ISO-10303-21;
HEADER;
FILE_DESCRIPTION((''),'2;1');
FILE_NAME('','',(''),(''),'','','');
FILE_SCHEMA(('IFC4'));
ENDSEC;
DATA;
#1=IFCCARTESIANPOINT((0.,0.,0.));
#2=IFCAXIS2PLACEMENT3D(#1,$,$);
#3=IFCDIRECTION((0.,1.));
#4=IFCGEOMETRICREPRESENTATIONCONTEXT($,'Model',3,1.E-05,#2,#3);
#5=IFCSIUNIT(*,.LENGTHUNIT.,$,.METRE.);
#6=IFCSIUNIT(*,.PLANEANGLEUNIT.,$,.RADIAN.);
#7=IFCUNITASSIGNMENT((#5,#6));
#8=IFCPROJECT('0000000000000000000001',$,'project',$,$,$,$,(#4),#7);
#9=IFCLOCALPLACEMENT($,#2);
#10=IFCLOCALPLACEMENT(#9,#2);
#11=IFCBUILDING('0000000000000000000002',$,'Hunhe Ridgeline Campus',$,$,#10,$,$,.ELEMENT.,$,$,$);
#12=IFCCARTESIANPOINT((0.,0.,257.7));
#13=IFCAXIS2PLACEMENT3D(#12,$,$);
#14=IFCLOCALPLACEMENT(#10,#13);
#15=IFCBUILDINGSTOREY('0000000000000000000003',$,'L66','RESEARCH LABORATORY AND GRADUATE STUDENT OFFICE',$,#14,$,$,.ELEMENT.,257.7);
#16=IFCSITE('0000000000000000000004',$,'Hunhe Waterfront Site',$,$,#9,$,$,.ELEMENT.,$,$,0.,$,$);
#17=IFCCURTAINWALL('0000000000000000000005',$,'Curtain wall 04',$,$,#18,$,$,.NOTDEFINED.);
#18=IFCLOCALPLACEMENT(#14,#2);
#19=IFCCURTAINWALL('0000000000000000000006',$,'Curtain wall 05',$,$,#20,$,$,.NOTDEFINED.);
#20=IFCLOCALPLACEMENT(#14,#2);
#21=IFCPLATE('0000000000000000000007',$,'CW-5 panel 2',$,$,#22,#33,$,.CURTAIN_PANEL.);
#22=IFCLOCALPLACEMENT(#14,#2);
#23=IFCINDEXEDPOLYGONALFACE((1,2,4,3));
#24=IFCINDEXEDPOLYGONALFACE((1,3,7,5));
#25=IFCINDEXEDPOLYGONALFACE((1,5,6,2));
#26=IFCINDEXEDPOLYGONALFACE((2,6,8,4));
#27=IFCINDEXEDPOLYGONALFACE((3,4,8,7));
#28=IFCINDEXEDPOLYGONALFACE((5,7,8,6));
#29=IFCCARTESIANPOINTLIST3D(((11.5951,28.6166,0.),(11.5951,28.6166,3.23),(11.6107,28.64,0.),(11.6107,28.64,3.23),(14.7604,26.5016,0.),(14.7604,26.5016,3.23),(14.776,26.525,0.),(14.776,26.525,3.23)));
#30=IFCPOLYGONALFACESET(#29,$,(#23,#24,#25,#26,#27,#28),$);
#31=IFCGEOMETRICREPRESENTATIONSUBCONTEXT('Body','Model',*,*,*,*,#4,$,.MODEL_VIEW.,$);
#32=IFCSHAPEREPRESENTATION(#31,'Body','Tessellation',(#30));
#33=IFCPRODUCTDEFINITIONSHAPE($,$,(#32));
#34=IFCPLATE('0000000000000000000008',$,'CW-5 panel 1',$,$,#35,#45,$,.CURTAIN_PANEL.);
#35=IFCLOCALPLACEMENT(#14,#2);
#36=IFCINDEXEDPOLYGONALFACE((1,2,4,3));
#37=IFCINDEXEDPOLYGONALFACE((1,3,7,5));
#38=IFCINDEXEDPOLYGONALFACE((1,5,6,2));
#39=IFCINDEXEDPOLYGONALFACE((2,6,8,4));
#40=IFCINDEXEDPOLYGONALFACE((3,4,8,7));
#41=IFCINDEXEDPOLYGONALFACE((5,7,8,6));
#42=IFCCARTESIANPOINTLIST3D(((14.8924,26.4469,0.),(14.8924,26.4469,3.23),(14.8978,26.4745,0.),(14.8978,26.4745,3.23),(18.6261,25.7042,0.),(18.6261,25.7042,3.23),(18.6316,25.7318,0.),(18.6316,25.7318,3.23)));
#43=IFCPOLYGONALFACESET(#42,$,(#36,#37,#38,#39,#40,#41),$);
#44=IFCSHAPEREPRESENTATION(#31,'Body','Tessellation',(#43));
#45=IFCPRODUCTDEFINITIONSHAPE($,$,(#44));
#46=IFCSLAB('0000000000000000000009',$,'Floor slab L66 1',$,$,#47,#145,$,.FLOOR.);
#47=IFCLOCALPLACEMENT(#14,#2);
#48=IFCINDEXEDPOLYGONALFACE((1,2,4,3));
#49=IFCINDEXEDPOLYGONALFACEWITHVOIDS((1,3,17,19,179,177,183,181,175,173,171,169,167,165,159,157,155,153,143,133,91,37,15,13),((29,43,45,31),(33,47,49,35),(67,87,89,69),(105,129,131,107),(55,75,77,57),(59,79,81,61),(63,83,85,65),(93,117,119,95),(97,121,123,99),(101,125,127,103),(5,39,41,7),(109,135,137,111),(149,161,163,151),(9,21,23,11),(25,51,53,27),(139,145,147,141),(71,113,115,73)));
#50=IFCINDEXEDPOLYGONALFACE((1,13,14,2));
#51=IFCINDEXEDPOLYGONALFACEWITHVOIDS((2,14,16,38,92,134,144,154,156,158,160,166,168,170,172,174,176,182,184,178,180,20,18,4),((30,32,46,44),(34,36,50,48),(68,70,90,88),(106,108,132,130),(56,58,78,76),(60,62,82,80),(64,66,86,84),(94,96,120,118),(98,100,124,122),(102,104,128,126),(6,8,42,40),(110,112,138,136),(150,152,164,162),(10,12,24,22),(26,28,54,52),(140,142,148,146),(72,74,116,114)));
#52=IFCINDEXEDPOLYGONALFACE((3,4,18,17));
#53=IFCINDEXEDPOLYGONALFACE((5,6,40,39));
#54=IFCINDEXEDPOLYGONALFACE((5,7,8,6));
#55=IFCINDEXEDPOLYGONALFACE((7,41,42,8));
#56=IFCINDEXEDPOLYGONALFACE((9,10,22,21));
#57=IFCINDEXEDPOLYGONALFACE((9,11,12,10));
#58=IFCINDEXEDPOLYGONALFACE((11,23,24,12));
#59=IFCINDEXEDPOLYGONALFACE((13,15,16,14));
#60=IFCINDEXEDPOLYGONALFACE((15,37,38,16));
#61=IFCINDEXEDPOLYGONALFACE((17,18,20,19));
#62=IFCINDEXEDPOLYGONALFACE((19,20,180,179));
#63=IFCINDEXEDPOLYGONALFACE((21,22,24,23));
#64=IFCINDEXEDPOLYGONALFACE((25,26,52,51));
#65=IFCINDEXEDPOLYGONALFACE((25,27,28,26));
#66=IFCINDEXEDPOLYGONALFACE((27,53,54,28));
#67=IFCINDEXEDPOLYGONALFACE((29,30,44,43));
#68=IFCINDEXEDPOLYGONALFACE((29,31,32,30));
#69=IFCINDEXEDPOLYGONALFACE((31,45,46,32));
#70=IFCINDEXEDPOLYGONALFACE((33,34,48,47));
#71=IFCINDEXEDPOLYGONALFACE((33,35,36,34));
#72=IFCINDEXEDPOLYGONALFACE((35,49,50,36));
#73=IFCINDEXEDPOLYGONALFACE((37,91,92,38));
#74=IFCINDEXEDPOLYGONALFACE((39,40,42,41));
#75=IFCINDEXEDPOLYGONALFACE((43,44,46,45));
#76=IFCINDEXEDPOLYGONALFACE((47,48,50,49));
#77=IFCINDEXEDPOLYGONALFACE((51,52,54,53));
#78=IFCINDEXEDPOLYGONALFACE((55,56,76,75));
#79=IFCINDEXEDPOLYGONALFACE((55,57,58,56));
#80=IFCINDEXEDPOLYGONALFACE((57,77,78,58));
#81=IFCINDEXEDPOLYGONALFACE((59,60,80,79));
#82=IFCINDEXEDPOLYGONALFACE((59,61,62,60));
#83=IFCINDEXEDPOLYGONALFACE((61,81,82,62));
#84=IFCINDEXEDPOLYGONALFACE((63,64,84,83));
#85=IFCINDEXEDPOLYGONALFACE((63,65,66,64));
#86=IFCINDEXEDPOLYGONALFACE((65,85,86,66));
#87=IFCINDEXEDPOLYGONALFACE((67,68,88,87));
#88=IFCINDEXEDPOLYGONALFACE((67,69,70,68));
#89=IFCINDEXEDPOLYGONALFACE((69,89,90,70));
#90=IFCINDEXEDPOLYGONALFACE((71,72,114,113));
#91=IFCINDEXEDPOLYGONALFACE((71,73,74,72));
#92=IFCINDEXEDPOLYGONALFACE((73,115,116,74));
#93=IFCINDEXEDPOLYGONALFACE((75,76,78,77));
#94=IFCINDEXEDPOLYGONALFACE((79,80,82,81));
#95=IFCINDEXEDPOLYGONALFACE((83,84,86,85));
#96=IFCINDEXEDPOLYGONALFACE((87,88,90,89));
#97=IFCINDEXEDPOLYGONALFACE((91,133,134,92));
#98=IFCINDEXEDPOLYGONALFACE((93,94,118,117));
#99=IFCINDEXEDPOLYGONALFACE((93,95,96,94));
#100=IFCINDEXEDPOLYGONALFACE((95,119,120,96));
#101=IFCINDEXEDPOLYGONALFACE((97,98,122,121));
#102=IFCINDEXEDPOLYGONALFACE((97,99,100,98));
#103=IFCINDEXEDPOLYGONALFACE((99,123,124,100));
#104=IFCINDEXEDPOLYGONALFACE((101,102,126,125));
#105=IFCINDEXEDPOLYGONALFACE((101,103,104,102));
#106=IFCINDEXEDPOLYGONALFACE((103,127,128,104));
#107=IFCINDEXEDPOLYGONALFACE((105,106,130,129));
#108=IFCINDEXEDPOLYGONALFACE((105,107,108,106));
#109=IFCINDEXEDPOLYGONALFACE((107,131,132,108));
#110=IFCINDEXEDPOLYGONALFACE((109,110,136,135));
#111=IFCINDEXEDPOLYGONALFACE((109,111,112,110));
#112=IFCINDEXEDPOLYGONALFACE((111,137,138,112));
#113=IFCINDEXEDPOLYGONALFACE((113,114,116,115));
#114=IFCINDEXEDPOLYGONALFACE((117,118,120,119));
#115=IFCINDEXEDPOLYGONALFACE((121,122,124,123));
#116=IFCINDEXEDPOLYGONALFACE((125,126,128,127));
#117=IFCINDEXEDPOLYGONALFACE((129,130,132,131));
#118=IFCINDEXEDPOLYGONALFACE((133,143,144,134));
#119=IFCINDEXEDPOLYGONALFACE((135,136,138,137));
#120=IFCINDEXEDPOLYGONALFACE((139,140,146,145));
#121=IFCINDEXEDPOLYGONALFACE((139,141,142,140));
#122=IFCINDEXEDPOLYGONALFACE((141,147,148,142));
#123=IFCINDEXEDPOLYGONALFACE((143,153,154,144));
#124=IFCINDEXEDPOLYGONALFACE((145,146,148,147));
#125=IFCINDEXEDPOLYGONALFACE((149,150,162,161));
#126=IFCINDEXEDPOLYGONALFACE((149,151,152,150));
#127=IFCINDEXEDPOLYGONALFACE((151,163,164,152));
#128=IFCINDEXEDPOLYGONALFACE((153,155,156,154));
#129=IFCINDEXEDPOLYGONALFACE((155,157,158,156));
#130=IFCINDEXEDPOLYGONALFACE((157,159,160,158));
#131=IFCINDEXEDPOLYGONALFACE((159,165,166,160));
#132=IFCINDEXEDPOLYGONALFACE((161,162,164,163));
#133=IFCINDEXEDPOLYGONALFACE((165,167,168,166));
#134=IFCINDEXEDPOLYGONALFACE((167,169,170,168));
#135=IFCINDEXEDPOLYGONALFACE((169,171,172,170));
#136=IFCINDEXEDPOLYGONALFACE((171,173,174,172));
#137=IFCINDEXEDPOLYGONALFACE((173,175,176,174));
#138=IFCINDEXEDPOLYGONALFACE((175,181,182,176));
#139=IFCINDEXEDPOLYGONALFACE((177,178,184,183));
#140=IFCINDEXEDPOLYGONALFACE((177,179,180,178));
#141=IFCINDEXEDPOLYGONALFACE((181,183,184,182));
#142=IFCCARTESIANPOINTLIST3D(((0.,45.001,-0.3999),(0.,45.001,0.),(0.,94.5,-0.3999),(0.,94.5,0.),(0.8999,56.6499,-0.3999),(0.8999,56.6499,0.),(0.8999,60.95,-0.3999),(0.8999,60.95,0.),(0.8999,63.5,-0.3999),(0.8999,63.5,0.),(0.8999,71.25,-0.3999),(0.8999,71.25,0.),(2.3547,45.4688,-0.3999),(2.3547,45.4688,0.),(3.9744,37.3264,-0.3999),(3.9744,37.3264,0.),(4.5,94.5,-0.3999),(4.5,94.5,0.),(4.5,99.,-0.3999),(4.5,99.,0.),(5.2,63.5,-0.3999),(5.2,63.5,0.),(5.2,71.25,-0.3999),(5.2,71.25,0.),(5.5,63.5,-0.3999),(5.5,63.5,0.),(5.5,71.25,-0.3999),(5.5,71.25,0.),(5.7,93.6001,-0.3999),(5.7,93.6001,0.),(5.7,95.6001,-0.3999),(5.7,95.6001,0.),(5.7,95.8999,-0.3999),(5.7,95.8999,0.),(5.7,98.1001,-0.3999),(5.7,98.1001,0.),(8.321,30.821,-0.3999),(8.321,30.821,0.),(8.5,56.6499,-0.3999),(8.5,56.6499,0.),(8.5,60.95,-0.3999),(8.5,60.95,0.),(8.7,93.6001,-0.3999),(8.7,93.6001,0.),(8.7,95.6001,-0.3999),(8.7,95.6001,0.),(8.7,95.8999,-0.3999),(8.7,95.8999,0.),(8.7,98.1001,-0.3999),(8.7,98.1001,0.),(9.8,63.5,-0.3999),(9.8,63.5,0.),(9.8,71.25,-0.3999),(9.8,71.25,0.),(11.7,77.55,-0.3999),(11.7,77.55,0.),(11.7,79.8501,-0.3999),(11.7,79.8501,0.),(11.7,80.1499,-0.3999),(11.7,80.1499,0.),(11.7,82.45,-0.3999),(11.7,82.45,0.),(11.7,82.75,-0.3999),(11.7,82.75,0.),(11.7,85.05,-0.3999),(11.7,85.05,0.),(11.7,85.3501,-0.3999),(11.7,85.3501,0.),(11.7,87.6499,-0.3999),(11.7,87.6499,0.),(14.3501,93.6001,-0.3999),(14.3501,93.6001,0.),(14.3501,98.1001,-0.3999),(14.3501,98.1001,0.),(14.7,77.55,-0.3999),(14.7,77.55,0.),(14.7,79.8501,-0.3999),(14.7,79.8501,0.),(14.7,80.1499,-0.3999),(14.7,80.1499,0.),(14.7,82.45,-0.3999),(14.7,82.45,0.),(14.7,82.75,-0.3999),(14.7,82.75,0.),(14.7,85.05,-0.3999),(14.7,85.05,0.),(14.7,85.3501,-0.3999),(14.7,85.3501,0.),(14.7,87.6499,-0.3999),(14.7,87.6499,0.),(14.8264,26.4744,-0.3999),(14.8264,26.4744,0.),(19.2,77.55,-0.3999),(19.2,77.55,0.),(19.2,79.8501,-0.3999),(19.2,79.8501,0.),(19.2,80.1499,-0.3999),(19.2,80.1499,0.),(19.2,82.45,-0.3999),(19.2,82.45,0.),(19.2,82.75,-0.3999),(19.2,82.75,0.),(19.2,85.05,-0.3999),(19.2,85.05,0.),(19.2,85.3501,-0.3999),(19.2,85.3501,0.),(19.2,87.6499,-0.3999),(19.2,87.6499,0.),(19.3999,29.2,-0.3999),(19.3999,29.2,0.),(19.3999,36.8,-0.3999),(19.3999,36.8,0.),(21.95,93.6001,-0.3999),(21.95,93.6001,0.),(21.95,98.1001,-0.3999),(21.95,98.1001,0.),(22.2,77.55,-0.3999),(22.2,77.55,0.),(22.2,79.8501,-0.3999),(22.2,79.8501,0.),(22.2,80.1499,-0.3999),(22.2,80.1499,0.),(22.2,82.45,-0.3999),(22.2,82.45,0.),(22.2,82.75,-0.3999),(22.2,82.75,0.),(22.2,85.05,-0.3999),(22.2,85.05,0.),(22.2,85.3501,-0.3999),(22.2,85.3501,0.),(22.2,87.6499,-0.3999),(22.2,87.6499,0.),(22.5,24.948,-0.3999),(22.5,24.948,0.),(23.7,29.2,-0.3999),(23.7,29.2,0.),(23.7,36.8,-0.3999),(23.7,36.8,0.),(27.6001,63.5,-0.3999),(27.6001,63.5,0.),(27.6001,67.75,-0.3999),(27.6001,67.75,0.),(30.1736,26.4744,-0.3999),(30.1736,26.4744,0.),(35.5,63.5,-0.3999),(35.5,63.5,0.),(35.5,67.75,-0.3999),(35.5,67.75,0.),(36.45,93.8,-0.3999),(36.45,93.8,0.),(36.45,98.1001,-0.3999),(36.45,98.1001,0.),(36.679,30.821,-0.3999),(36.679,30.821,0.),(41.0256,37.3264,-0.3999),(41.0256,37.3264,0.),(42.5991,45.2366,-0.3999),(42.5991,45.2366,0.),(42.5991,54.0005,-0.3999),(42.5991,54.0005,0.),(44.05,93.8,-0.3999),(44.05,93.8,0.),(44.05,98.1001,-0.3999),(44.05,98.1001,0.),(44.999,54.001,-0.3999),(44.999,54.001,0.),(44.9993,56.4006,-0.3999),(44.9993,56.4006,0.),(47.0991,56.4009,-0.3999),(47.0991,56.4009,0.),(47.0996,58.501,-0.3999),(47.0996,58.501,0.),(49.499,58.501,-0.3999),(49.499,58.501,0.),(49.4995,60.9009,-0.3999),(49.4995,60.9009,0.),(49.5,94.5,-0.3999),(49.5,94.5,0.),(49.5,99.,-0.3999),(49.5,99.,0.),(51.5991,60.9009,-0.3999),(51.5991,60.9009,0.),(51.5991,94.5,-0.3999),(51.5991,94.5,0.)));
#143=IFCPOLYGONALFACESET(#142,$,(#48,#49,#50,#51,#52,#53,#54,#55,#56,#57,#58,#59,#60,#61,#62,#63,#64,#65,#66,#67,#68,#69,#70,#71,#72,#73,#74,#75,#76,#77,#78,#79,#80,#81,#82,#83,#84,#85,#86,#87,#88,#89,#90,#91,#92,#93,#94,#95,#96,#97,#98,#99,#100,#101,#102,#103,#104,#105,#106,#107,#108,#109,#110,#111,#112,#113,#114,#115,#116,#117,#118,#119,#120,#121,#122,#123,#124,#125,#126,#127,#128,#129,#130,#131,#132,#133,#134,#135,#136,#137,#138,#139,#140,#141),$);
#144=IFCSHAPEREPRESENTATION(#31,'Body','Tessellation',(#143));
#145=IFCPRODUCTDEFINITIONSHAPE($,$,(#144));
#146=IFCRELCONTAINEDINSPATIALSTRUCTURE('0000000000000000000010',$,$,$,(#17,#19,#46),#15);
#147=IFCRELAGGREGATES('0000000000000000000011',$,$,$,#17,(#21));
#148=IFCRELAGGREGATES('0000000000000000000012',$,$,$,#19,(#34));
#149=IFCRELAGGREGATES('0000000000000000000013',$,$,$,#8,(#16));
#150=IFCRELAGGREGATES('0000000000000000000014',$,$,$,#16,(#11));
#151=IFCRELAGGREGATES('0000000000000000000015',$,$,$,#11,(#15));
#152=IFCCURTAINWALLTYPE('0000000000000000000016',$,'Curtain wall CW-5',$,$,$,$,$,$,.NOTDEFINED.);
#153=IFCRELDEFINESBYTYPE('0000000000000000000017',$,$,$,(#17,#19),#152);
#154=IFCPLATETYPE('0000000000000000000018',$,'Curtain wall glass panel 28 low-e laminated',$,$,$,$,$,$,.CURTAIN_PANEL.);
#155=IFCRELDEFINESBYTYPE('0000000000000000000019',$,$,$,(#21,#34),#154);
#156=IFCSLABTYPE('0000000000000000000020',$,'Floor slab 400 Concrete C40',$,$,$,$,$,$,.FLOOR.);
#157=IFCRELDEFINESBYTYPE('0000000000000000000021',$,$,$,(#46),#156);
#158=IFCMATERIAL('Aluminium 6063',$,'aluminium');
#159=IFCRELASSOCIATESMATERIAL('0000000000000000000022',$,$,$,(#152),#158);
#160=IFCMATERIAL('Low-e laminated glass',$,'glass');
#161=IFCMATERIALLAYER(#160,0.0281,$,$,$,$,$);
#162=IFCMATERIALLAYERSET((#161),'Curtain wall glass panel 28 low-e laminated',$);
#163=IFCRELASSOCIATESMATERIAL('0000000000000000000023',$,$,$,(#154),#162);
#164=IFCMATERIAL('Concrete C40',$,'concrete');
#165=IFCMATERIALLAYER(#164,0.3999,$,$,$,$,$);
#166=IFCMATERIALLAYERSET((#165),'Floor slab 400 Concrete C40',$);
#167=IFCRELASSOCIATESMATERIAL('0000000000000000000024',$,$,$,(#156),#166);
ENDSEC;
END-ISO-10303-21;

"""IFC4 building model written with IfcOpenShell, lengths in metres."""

from ifc_helpers import new_model, si_unit, direction, frame, origin, origin_2d, place, context, subcontext, project, spatial, polyline, rectangle, outline, extrude, material, layer, layer_set, type_object, element, aggregate, save


model = new_model("IFC4")

# Units and contexts
model_context = context("Model", 3, precision=1e-05, world=origin(), true_north=direction((0.0, 1.0)))
body_context = subcontext(model_context, "Body", "Model", "MODEL_VIEW")
ifc_project = project(units=[si_unit("LENGTHUNIT", "METRE"), si_unit("PLANEANGLEUNIT", "RADIAN")], contexts=[model_context])

# Site, building, storey
site_placement = place(None, origin())
site = spatial("IfcSite", under=ifc_project, at=site_placement, Name="Hunhe Waterfront Site", CompositionType="ELEMENT", RefElevation=0.0)
building_placement = place(site_placement, origin())
building = spatial("IfcBuilding", under=site, at=building_placement, Name="Hunhe Ridgeline Campus", CompositionType="ELEMENT")
storey_placement = place(building_placement, frame((0.0, 0.0, 257.7)))
storey = spatial("IfcBuildingStorey", under=building, at=storey_placement, Name="L66", Description="RESEARCH LABORATORY AND GRADUATE STUDENT OFFICE", CompositionType="ELEMENT", Elevation=257.7)

# Shared definitions
ifc_material_1 = material(Name="Aluminium 6063", Category="aluminium")
curtain_wall_type = type_object("IfcCurtainWallType", Name="Curtain wall CW-5", PredefinedType="NOTDEFINED", material=ifc_material_1)

# Curtain walls
curtain_wall_1_placement = place(storey_placement, origin())
curtain_wall_1 = element("IfcCurtainWall", 1, at=curtain_wall_1_placement, inside=storey, type_object=curtain_wall_type, Name="Curtain wall 04", PredefinedType="NOTDEFINED")
curtain_wall_2_placement = place(storey_placement, origin())
curtain_wall_2 = element("IfcCurtainWall", 2, at=curtain_wall_2_placement, inside=storey, type_object=curtain_wall_type, Name="Curtain wall 05", PredefinedType="NOTDEFINED")

# Plates
ifc_material_2 = material(Name="Low-e laminated glass", Category="glass")
ifc_layer_1 = layer(ifc_material_2, 0.0281)
ifc_layer_set_1 = layer_set([ifc_layer_1], Name="Curtain wall glass panel 28 low-e laminated")
plate_type = type_object("IfcPlateType", Name="Curtain wall glass panel 28 low-e laminated", PredefinedType="CURTAIN_PANEL", material=ifc_layer_set_1)
plate_1_placement = place(storey_placement, frame((13.1855, 27.5708, 0.0), z_axis=(0.0, 0.0, 1.0), x_axis=(0.83147, -0.55557, 0.0)))
plate_1 = element("IfcPlate", 3, at=plate_1_placement, type_object=plate_type, Name="CW-5 panel 2", PredefinedType="CURTAIN_PANEL", context=body_context, shape_type="SweptSolid", body=[
    extrude(rectangle(XDim=3.8069, YDim=0.0281, at=origin_2d()), origin(), (0.0, 0.0, 1.0), 3.23),
])
aggregate(curtain_wall_1, [plate_1])
plate_2_placement = place(storey_placement, frame((16.762, 26.0894, 0.0), z_axis=(0.0, 0.0, 1.0), x_axis=(0.980785, -0.19509, 0.0)))
plate_2 = element("IfcPlate", 4, at=plate_2_placement, type_object=plate_type, Name="CW-5 panel 1", PredefinedType="CURTAIN_PANEL", context=body_context, shape_type="SweptSolid", body=[
    extrude(rectangle(XDim=3.8069, YDim=0.0281, at=origin_2d()), origin(), (0.0, 0.0, 1.0), 3.23),
])
aggregate(curtain_wall_2, [plate_2])

# Slab
ifc_material_3 = material(Name="Concrete C40", Category="concrete")
ifc_layer_2 = layer(ifc_material_3, 0.3999)
ifc_layer_set_2 = layer_set([ifc_layer_2], Name="Floor slab 400 Concrete C40")
slab_type_1 = type_object("IfcSlabType", Name="Floor slab 400 Concrete C40", PredefinedType="FLOOR", material=ifc_layer_set_2)
slab_1_placement = place(storey_placement, frame((0.0, 0.0, -0.3999)))
element("IfcSlab", 5, at=slab_1_placement, inside=storey, type_object=slab_type_1, Name="Floor slab L66 1", PredefinedType="FLOOR", context=body_context, shape_type="SweptSolid", body=[
    extrude(outline(polyline([(36.679, 30.821), (41.0256, 37.3264), (42.5991, 45.2366), (42.5991, 54.0005), (44.999, 54.001), (44.9993, 56.4006), (47.0991, 56.4009), (47.0996, 58.501), (49.499, 58.501), (49.4995, 60.9009), (51.5991, 60.9009), (51.5991, 94.5), (49.5, 94.5), (49.5, 99.0), (4.5, 99.0), (4.5, 94.5), (0.0, 94.5), (0.0, 45.001), (2.3547, 45.4688), (3.9744, 37.3264), (8.321, 30.821), (14.8264, 26.4744), (22.5, 24.948), (30.1736, 26.4744), (36.679, 30.821)]), holes=[polyline([(36.45, 98.1001), (36.45, 93.8), (44.05, 93.8), (44.05, 98.1001), (36.45, 98.1001)]), polyline([(27.6001, 63.5), (35.5, 63.5), (35.5, 67.75), (27.6001, 67.75), (27.6001, 63.5)]), polyline([(19.3999, 36.8), (19.3999, 29.2), (23.7, 29.2), (23.7, 36.8), (19.3999, 36.8)]), polyline([(22.2, 87.6499), (19.2, 87.6499), (19.2, 85.3501), (22.2, 85.3501), (22.2, 87.6499)]), polyline([(22.2, 77.55), (22.2, 79.8501), (19.2, 79.8501), (19.2, 77.55), (22.2, 77.55)]), polyline([(19.2, 85.05), (19.2, 82.75), (22.2, 82.75), (22.2, 85.05), (19.2, 85.05)]), polyline([(19.2, 80.1499), (22.2, 80.1499), (22.2, 82.45), (19.2, 82.45), (19.2, 80.1499)]), polyline([(14.3501, 98.1001), (14.3501, 93.6001), (21.95, 93.6001), (21.95, 98.1001), (14.3501, 98.1001)]), polyline([(14.7, 87.6499), (11.7, 87.6499), (11.7, 85.3501), (14.7, 85.3501), (14.7, 87.6499)]), polyline([(14.7, 77.55), (14.7, 79.8501), (11.7, 79.8501), (11.7, 77.55), (14.7, 77.55)]), polyline([(11.7, 85.05), (11.7, 82.75), (14.7, 82.75), (14.7, 85.05), (11.7, 85.05)]), polyline([(11.7, 80.1499), (14.7, 80.1499), (14.7, 82.45), (11.7, 82.45), (11.7, 80.1499)]), polyline([(9.8, 63.5), (9.8, 71.25), (5.5, 71.25), (5.5, 63.5), (9.8, 63.5)]), polyline([(8.7, 93.6001), (8.7, 95.6001), (5.7, 95.6001), (5.7, 93.6001), (8.7, 93.6001)]), polyline([(5.7, 95.8999), (8.7, 95.8999), (8.7, 98.1001), (5.7, 98.1001), (5.7, 95.8999)]), polyline([(0.8999, 60.95), (0.8999, 56.6499), (8.5, 56.6499), (8.5, 60.95), (0.8999, 60.95)]), polyline([(5.2, 71.25), (0.8999, 71.25), (0.8999, 63.5), (5.2, 63.5), (5.2, 71.25)])]), origin(), (0.0, 0.0, 1.0), 0.3999),
])

save(model, "model.ifc")
